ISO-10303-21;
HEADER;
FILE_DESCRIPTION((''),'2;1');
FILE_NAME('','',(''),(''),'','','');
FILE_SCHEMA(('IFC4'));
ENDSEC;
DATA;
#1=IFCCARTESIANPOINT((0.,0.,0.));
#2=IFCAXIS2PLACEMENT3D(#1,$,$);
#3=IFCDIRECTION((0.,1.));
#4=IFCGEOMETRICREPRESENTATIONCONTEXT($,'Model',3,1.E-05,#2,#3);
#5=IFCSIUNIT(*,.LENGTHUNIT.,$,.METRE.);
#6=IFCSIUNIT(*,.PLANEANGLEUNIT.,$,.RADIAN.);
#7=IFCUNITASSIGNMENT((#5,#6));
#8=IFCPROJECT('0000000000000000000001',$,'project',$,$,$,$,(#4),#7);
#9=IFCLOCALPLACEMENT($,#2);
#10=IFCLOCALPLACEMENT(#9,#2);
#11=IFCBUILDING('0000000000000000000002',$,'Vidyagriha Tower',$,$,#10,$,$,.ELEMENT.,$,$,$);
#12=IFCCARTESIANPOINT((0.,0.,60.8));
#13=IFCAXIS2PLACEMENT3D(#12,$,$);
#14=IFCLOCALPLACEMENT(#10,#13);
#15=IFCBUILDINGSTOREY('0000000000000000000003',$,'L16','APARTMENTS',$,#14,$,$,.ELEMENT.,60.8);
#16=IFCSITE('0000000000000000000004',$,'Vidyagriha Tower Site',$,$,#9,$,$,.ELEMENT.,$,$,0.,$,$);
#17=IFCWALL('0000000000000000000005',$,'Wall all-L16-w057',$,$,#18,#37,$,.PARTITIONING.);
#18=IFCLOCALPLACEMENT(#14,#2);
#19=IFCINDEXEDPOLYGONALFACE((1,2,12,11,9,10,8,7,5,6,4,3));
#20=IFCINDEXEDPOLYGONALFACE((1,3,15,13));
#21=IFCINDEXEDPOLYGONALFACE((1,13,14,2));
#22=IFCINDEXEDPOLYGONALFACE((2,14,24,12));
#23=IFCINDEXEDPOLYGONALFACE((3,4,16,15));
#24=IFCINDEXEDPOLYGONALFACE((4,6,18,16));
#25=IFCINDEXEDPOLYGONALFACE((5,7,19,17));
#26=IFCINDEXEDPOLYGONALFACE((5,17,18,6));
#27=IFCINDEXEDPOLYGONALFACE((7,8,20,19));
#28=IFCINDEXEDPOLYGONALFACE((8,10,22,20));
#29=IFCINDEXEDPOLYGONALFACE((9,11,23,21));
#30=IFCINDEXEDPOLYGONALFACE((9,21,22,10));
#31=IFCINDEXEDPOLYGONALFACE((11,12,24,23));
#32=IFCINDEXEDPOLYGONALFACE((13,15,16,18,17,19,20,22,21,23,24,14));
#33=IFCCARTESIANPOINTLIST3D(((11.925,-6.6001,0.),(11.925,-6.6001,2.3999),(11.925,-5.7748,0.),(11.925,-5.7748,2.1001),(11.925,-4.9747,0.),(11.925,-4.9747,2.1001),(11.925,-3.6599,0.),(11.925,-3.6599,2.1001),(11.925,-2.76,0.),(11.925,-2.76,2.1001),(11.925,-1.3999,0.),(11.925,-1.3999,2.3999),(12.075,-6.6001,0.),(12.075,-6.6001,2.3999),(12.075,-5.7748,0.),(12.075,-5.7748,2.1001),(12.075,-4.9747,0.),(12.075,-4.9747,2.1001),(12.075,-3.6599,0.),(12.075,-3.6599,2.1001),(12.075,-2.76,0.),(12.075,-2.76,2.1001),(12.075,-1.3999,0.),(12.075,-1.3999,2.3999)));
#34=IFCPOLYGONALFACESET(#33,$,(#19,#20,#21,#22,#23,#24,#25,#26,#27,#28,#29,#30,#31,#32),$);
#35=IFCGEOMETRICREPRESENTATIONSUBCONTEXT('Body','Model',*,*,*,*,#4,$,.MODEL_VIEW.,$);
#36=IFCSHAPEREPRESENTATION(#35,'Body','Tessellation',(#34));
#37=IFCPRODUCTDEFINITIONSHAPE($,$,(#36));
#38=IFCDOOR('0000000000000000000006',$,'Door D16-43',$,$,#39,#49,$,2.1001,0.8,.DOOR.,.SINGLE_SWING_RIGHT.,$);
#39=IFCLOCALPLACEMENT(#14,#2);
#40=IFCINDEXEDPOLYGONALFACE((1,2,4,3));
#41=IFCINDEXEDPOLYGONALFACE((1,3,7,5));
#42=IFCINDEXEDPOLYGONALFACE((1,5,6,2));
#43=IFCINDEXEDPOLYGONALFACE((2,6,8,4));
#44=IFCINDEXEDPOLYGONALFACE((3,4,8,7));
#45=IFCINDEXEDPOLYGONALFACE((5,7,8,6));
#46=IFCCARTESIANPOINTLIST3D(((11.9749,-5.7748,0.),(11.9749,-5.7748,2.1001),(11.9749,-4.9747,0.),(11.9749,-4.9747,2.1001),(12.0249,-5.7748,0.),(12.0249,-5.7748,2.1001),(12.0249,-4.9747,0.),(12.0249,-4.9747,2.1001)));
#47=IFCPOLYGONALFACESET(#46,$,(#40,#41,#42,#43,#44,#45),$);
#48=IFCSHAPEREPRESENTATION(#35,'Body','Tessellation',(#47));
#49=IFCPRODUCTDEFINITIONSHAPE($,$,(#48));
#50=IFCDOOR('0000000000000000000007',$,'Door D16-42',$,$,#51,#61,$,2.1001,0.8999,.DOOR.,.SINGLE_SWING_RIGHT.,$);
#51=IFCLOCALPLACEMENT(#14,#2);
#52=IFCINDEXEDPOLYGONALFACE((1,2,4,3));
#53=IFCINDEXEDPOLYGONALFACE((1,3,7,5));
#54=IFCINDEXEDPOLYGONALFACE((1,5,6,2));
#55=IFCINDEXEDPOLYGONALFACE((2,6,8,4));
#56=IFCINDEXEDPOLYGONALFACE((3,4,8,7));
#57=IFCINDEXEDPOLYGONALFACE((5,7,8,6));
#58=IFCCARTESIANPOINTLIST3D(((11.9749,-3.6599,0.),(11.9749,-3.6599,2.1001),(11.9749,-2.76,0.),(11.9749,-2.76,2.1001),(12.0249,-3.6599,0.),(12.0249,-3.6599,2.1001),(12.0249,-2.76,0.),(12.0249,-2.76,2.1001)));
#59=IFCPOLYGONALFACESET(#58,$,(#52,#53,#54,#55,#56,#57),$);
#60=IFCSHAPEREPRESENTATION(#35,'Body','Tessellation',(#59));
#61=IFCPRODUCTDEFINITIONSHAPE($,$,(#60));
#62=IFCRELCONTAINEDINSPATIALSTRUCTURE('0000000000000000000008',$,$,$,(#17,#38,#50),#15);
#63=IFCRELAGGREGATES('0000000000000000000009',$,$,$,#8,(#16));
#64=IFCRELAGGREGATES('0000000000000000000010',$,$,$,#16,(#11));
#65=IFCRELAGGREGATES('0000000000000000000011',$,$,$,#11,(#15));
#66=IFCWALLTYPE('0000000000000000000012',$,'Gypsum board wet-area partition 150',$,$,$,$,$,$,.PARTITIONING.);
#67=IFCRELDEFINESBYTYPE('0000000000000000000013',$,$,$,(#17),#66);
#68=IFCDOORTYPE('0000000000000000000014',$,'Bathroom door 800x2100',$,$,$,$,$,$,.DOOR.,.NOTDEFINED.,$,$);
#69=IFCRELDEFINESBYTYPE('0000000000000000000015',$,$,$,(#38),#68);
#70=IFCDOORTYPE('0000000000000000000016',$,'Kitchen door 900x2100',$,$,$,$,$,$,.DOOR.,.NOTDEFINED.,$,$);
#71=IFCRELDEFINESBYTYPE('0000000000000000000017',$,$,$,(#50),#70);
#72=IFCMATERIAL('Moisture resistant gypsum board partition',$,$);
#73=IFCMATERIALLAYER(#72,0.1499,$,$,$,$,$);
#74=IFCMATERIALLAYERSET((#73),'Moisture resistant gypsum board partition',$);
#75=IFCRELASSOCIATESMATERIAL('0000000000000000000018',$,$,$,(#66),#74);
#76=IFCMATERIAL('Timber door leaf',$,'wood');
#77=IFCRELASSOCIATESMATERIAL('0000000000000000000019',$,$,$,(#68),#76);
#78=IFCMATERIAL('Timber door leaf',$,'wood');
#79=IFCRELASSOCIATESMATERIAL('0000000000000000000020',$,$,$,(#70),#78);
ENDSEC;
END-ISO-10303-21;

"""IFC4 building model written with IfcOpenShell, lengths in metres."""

from ifc_helpers import new_model, si_unit, direction, frame, frame_2d, origin, place, context, subcontext, project, spatial, rectangle, extrude, material, layer, layer_set, type_object, element, fill, save


model = new_model("IFC4")

# Units and contexts
model_context = context("Model", 3, precision=1e-05, world=origin(), true_north=direction((0.0, 1.0)))
body_context = subcontext(model_context, "Body", "Model", "MODEL_VIEW")
ifc_project = project(units=[si_unit("LENGTHUNIT", "METRE"), si_unit("PLANEANGLEUNIT", "RADIAN")], contexts=[model_context])

# Site, building, storey
site_placement = place(None, origin())
site = spatial("IfcSite", under=ifc_project, at=site_placement, Name="Vidyagriha Tower Site", CompositionType="ELEMENT", RefElevation=0.0)
building_placement = place(site_placement, origin())
building = spatial("IfcBuilding", under=site, at=building_placement, Name="Vidyagriha Tower", CompositionType="ELEMENT")
storey_placement = place(building_placement, frame((0.0, 0.0, 60.8)))
storey = spatial("IfcBuildingStorey", under=building, at=storey_placement, Name="L16", Description="APARTMENTS", CompositionType="ELEMENT", Elevation=60.8)

# Wall, openings, doors
ifc_material_1 = material(Name="Moisture resistant gypsum board partition")
ifc_layer_1 = layer(ifc_material_1, 0.1499)
ifc_layer_set_1 = layer_set([ifc_layer_1], Name="Moisture resistant gypsum board partition")
wall_type_1 = type_object("IfcWallType", Name="Gypsum board wet-area partition 150", PredefinedType="PARTITIONING", material=ifc_layer_set_1)
wall_1_placement = place(storey_placement, frame((12.0, -1.3999, 0.0), z_axis=(0.0, 0.0, 1.0), x_axis=(0.0, -1.0, 0.0)))
wall_1 = element("IfcWall", 1, at=wall_1_placement, inside=storey, type_object=wall_type_1, Name="Wall all-L16-w057", PredefinedType="PARTITIONING", context=body_context, shape_type="SweptSolid", body=[
    extrude(rectangle(XDim=5.2002, YDim=0.1499, at=frame_2d((2.6001, 0.0))), origin(), (0.0, 0.0, 1.0), 2.3999),
])
opening_1_placement = place(wall_1_placement, frame((1.3601, 0.0, 0.0)))
opening_1 = element("IfcOpeningElement", 2, at=opening_1_placement, cuts=wall_1, PredefinedType="OPENING", context=body_context, shape_type="SweptSolid", body=[
    extrude(rectangle(XDim=0.8999, YDim=2.1001, at=frame_2d((0.45, 1.05))), frame((0.0, 0.085, 0.0), z_axis=(0.0, -1.0, 0.0), x_axis=(1.0, 0.0, 0.0)), (0.0, 0.0, 1.0), 0.1699),
])
opening_2_placement = place(wall_1_placement, frame((3.575, 0.0, 0.0)))
opening_2 = element("IfcOpeningElement", 3, at=opening_2_placement, cuts=wall_1, PredefinedType="OPENING", context=body_context, shape_type="SweptSolid", body=[
    extrude(rectangle(XDim=0.8, YDim=2.1001, at=frame_2d((0.3999, 1.05))), frame((0.0, 0.085, 0.0), z_axis=(0.0, -1.0, 0.0), x_axis=(1.0, 0.0, 0.0)), (0.0, 0.0, 1.0), 0.1699),
])
ifc_material_2 = material(Name="Timber door leaf", Category="wood")
door_type_1 = type_object("IfcDoorType", Name="Bathroom door 800x2100", OperationType="NOTDEFINED", PredefinedType="DOOR", material=ifc_material_2)
door_1_placement = place(opening_2_placement, origin())
door_1 = element("IfcDoor", 4, at=door_1_placement, inside=storey, type_object=door_type_1, Name="Door D16-43", OperationType="SINGLE_SWING_RIGHT", OverallHeight=2.1001, OverallWidth=0.8, PredefinedType="DOOR", context=body_context, shape_type="SweptSolid", body=[
    extrude(rectangle(XDim=0.8, YDim=2.1001, at=frame_2d((0.3999, 1.05))), frame((0.0, 0.0249, 0.0), z_axis=(0.0, -1.0, 0.0), x_axis=(1.0, 0.0, 0.0)), (0.0, 0.0, 1.0), 0.05),
])
fill(opening_2, door_1)
ifc_material_3 = material(Name="Timber door leaf", Category="wood")
door_type_2 = type_object("IfcDoorType", Name="Kitchen door 900x2100", OperationType="NOTDEFINED", PredefinedType="DOOR", material=ifc_material_3)
door_2_placement = place(opening_1_placement, origin())
door_2 = element("IfcDoor", 5, at=door_2_placement, inside=storey, type_object=door_type_2, Name="Door D16-42", OperationType="SINGLE_SWING_RIGHT", OverallHeight=2.1001, OverallWidth=0.8999, PredefinedType="DOOR", context=body_context, shape_type="SweptSolid", body=[
    extrude(rectangle(XDim=0.8999, YDim=2.1001, at=frame_2d((0.45, 1.05))), frame((0.0, 0.0249, 0.0), z_axis=(0.0, -1.0, 0.0), x_axis=(1.0, 0.0, 0.0)), (0.0, 0.0, 1.0), 0.05),
])
fill(opening_1, door_2)

save(model, "model.ifc")
